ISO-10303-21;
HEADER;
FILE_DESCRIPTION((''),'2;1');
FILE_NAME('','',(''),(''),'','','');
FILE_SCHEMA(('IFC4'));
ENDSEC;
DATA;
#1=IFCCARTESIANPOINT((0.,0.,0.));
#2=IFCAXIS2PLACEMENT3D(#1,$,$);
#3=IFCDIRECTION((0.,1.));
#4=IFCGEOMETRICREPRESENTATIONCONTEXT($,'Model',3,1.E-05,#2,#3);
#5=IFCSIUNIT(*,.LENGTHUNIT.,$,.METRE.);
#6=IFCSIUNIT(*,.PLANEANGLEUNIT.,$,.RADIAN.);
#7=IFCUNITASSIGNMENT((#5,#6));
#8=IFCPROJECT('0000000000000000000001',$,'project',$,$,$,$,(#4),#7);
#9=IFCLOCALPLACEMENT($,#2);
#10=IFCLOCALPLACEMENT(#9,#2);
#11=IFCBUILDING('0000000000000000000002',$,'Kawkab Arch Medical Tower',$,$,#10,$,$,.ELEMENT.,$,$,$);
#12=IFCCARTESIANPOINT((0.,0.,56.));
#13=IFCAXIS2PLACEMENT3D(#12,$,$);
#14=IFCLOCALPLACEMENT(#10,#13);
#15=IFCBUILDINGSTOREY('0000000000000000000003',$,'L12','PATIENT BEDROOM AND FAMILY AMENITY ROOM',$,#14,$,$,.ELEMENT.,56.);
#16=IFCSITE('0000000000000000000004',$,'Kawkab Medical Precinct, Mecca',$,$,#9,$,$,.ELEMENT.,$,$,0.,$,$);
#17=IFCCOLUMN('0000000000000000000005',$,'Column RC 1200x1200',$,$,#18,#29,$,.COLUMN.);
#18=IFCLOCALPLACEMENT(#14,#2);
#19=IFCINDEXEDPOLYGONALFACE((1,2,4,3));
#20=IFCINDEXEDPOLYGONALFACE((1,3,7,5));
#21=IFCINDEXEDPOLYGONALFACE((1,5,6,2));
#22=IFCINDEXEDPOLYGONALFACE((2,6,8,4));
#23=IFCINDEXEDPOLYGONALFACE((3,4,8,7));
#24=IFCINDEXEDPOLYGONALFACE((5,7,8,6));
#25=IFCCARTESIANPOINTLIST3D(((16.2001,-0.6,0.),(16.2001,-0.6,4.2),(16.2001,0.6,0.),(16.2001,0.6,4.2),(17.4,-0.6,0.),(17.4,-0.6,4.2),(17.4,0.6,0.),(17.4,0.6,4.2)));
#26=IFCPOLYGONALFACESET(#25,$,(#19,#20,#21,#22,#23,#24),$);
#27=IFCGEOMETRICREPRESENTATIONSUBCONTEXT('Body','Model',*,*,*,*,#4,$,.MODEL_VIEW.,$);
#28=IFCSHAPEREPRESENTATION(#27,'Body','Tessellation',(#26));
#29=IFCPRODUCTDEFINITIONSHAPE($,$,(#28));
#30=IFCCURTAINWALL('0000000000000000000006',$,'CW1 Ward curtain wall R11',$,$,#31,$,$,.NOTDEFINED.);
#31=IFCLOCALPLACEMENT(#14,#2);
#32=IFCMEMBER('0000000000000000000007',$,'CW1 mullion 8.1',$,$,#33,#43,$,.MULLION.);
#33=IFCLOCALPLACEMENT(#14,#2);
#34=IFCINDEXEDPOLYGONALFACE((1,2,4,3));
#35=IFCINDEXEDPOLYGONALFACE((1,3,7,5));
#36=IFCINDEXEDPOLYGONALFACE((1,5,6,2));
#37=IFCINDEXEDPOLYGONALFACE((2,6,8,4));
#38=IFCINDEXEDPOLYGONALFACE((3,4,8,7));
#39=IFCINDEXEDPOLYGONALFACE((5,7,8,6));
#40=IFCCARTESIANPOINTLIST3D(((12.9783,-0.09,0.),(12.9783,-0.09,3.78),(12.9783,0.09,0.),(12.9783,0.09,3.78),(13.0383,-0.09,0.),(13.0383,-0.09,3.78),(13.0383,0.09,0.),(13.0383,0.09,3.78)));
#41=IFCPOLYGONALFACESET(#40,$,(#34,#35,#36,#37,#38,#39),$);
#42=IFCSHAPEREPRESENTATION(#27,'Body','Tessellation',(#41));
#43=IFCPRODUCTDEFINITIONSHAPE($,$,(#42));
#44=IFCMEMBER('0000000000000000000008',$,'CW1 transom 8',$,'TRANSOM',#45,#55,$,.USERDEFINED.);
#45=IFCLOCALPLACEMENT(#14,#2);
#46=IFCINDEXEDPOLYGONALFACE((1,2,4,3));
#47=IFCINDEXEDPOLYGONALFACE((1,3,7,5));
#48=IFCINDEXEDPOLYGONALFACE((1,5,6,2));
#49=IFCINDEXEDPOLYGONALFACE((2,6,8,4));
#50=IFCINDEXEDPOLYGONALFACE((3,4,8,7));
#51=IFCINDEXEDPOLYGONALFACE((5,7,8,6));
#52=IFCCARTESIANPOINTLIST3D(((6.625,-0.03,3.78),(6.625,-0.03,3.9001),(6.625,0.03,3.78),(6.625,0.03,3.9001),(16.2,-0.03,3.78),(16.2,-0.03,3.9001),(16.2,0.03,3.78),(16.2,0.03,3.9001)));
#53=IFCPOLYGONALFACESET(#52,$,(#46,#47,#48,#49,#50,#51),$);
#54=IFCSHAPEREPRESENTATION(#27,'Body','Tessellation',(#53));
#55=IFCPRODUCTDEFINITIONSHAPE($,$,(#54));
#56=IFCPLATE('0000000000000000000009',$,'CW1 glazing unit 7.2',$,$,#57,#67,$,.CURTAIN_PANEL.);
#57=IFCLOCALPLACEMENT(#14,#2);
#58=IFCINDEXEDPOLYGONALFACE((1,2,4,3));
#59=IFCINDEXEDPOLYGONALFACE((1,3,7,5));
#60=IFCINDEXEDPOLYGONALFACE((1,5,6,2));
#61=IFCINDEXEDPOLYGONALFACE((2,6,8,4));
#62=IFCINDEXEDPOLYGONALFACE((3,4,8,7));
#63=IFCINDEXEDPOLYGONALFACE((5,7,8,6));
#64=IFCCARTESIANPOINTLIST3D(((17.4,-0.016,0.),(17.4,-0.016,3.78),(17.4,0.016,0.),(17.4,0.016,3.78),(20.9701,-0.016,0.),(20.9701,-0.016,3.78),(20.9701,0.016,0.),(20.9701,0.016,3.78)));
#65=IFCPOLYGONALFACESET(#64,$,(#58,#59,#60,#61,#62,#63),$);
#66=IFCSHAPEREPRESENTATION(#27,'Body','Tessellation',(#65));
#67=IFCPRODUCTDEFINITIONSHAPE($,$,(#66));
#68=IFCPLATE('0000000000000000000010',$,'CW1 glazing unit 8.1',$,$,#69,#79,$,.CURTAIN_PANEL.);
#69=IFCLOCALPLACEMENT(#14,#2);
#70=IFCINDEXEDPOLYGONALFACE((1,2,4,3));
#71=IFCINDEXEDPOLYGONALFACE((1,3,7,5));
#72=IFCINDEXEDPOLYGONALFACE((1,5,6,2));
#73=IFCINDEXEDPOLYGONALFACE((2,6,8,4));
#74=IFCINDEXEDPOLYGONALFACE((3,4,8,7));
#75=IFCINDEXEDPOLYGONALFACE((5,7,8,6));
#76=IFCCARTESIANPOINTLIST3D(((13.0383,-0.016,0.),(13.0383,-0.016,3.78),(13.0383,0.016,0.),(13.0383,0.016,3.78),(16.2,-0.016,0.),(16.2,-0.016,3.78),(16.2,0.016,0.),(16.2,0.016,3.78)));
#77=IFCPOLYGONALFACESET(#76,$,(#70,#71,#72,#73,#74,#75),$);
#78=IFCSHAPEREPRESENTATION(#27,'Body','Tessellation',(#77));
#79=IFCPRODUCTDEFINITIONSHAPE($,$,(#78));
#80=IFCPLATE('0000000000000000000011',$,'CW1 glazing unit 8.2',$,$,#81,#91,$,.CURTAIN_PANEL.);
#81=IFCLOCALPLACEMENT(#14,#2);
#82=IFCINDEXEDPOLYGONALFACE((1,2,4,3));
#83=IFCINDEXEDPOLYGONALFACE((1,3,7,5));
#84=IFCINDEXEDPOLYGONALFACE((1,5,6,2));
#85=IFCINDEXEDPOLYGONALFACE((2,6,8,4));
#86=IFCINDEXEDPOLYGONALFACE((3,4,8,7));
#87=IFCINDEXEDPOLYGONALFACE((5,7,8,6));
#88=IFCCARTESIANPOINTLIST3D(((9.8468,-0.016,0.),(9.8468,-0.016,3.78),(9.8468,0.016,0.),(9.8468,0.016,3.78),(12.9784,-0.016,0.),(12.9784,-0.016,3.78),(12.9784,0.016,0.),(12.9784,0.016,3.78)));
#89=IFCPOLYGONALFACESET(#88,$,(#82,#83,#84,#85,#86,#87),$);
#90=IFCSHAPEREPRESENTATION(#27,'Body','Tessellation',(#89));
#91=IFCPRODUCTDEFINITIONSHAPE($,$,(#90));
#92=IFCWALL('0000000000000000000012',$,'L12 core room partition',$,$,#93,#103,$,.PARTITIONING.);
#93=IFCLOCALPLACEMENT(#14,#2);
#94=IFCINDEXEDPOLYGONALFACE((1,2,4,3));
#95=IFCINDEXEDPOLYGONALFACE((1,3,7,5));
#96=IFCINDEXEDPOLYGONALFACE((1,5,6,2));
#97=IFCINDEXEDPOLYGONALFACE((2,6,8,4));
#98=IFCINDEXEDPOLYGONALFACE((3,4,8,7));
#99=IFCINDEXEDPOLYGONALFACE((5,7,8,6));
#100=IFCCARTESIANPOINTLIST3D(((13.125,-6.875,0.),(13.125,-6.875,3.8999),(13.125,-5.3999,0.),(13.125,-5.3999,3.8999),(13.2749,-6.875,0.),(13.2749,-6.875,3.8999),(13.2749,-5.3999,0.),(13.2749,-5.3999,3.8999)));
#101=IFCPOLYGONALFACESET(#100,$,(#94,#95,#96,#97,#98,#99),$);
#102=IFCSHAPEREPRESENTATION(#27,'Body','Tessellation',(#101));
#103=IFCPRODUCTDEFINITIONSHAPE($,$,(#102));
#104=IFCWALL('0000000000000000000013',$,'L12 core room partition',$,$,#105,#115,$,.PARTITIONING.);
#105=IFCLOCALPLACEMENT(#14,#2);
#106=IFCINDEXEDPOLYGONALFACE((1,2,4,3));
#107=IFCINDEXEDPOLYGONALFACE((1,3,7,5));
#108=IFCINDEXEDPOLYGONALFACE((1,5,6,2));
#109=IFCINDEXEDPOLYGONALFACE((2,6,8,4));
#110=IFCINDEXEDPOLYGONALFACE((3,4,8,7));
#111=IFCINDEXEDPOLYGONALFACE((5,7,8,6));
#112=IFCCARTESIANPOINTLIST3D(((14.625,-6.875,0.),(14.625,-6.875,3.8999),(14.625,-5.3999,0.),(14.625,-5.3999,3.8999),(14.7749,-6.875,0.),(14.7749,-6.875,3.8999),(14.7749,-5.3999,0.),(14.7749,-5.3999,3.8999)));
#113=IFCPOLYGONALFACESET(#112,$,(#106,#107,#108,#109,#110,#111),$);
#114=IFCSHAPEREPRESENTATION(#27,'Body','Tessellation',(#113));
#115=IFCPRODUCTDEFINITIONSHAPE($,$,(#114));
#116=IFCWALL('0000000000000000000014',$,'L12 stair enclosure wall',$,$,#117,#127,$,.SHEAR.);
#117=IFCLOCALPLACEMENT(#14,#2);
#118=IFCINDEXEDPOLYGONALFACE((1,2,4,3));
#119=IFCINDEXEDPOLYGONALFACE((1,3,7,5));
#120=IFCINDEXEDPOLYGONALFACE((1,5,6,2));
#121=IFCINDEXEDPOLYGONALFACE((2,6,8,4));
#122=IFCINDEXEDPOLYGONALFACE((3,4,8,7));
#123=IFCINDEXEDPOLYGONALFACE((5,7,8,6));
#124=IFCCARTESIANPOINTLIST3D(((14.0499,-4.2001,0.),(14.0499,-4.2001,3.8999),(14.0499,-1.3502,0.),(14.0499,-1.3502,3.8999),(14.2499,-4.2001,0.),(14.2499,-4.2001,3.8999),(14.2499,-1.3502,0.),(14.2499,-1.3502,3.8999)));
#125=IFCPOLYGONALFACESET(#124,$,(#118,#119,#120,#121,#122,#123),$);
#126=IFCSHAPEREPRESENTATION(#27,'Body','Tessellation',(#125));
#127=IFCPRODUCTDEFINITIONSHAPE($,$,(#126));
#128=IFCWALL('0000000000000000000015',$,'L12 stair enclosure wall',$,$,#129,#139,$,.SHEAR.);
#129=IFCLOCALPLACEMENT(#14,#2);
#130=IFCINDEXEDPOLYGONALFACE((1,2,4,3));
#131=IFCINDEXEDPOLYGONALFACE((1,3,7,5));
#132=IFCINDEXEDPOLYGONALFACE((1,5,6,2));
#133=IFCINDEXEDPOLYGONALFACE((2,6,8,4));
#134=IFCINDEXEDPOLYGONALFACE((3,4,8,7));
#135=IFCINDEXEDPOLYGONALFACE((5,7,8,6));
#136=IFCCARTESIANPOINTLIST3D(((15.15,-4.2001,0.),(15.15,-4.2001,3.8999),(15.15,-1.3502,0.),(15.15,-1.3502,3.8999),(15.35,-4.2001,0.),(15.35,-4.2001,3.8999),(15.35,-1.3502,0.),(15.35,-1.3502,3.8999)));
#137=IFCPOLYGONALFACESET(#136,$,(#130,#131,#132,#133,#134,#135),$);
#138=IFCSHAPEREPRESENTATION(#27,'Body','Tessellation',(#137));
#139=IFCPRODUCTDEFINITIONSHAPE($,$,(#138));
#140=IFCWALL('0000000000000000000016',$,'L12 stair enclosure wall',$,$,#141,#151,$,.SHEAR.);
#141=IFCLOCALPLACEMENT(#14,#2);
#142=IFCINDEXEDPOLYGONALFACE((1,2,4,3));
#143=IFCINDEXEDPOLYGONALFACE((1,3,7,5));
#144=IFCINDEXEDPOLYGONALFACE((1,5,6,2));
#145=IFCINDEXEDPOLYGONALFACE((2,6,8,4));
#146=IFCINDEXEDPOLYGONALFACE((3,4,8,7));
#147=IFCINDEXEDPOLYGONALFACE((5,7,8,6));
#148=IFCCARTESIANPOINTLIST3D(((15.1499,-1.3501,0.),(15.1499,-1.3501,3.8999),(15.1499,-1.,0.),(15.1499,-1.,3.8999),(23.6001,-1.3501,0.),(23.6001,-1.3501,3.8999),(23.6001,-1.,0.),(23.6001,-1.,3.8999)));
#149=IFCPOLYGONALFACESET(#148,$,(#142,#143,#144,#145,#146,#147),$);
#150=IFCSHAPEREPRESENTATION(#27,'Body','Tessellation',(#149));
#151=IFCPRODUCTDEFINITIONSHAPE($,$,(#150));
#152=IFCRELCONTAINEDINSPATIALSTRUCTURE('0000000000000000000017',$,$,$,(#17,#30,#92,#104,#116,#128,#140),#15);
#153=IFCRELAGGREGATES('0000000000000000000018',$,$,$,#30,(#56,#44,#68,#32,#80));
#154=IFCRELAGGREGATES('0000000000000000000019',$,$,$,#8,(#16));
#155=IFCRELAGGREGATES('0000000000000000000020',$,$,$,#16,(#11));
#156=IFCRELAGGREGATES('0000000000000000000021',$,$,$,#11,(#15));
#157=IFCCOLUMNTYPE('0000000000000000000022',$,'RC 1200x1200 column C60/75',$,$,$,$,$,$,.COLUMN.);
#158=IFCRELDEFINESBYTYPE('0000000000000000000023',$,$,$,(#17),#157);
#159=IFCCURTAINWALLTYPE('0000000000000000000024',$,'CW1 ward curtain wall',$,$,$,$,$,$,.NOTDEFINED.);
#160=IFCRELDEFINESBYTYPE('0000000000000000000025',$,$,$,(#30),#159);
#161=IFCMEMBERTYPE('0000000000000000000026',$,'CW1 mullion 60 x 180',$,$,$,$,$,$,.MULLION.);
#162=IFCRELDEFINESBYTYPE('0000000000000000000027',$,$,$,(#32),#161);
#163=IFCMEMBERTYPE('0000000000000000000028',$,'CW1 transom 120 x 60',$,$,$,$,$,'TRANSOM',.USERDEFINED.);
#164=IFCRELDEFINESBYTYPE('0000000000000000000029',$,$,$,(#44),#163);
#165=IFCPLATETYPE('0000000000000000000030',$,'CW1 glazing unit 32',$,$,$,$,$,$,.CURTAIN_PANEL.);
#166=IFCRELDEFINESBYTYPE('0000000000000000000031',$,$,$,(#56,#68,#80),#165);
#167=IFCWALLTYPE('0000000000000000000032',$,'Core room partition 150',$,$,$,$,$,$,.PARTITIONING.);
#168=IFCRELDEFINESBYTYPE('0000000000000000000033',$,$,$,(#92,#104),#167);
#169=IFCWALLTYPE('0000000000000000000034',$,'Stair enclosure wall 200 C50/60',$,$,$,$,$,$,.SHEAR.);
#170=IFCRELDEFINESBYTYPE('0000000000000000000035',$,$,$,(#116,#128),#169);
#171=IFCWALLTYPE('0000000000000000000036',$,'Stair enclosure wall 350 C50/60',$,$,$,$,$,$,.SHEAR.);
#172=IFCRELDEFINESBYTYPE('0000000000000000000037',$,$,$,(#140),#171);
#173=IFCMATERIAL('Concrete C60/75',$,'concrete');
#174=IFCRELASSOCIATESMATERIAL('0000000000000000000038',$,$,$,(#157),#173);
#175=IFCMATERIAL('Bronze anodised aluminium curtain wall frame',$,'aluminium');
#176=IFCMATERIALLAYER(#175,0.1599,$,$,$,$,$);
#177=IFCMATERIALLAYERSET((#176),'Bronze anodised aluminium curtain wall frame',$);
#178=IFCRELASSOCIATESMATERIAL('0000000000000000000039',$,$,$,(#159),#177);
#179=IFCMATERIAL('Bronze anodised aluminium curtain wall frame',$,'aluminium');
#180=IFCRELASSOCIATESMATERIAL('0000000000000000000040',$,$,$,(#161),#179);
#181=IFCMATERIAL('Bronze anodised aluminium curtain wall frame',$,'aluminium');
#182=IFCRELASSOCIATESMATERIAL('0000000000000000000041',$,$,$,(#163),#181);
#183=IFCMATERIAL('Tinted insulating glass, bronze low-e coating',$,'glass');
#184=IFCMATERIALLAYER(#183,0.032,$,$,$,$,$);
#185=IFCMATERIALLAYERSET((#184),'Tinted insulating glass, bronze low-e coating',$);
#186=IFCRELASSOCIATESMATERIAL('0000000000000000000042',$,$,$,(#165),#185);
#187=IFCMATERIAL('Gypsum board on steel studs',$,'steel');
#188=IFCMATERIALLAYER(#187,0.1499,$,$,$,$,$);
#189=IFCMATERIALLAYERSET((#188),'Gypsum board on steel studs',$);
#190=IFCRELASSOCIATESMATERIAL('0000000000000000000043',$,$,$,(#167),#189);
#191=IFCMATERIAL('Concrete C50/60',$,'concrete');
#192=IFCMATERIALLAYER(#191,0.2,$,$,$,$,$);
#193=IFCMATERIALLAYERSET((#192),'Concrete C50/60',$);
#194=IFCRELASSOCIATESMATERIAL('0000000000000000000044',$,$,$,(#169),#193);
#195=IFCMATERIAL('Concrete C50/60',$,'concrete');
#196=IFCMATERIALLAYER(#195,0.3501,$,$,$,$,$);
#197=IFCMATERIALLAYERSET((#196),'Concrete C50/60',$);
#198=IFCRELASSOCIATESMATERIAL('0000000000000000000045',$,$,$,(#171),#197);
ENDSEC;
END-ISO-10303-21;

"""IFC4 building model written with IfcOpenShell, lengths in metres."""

from ifc_helpers import new_model, si_unit, direction, frame, frame_2d, origin, origin_2d, place, context, subcontext, project, spatial, rectangle, extrude, material, layer, layer_set, material_profile, profile_set, type_object, element, aggregate, save


model = new_model("IFC4")

# Units and contexts
model_context = context("Model", 3, precision=1e-05, world=origin(), true_north=direction((0.0, 1.0)))
body_context = subcontext(model_context, "Body", "Model", "MODEL_VIEW")
ifc_project = project(units=[si_unit("LENGTHUNIT", "METRE"), si_unit("PLANEANGLEUNIT", "RADIAN")], contexts=[model_context])

# Site, building, storey
site_placement = place(None, origin())
site = spatial("IfcSite", under=ifc_project, at=site_placement, Name="Kawkab Medical Precinct, Mecca", CompositionType="ELEMENT", RefElevation=0.0)
building_placement = place(site_placement, origin())
building = spatial("IfcBuilding", under=site, at=building_placement, Name="Kawkab Arch Medical Tower", CompositionType="ELEMENT")
storey_placement = place(building_placement, frame((0.0, 0.0, 56.0)))
storey = spatial("IfcBuildingStorey", under=building, at=storey_placement, Name="L12", Description="PATIENT BEDROOM AND FAMILY AMENITY ROOM", CompositionType="ELEMENT", Elevation=56.0)

# Column
ifc_material_1 = material(Name="Concrete C60/75", Category="concrete")
ifc_material_profile_1 = material_profile(ifc_material_1, rectangle(XDim=1.2, YDim=1.2, at=origin_2d()), Name="RC 1200x1200")
ifc_profile_set_1 = profile_set([ifc_material_profile_1], Name="Concrete C60/75")
column_type = type_object("IfcColumnType", Name="RC 1200x1200 column C60/75", PredefinedType="COLUMN", material=ifc_profile_set_1)
column_placement = place(storey_placement, frame((16.8, 0.0, 0.0), z_axis=(0.0, 0.0, 1.0), x_axis=(1.0, 0.0, 0.0)))
element("IfcColumn", 1, at=column_placement, inside=storey, type_object=column_type, Name="Column RC 1200x1200", PredefinedType="COLUMN", context=body_context, shape_type="SweptSolid", body=[
    extrude(rectangle(XDim=1.2, YDim=1.2, at=origin_2d()), origin(), (0.0, 0.0, 1.0), 4.2),
])

# Curtain wall, members, plates
ifc_material_2 = material(Name="Bronze anodised aluminium curtain wall frame", Category="aluminium")
ifc_layer_1 = layer(ifc_material_2, 0.1599)
ifc_layer_set_1 = layer_set([ifc_layer_1], Name="Bronze anodised aluminium curtain wall frame")
curtain_wall_type = type_object("IfcCurtainWallType", Name="CW1 ward curtain wall", PredefinedType="NOTDEFINED", material=ifc_layer_set_1)
placement = place(storey_placement, origin())
curtain_wall = element("IfcCurtainWall", 2, at=placement, inside=storey, type_object=curtain_wall_type, Name="CW1 Ward curtain wall R11", PredefinedType="NOTDEFINED")
ifc_material_3 = material(Name="Bronze anodised aluminium curtain wall frame", Category="aluminium")
ifc_material_profile_2 = material_profile(ifc_material_3, rectangle(XDim=0.1799, YDim=0.0601, at=origin_2d()), Name="AL 60x180")
ifc_profile_set_2 = profile_set([ifc_material_profile_2], Name="Bronze anodised aluminium curtain wall frame")
member_type_1 = type_object("IfcMemberType", Name="CW1 mullion 60 x 180", PredefinedType="MULLION", material=ifc_profile_set_2)
member_1_placement = place(storey_placement, frame((13.0083, 0.0, 0.0), z_axis=(0.0, 0.0, 1.0), x_axis=(0.0, -1.0, 0.0)))
member_1 = element("IfcMember", 3, at=member_1_placement, type_object=member_type_1, Name="CW1 mullion 8.1", PredefinedType="MULLION", context=body_context, shape_type="SweptSolid", body=[
    extrude(rectangle(XDim=0.1799, YDim=0.0601, at=origin_2d()), origin(), (0.0, 0.0, 1.0), 3.78),
])
ifc_material_4 = material(Name="Bronze anodised aluminium curtain wall frame", Category="aluminium")
ifc_material_profile_3 = material_profile(ifc_material_4, rectangle(XDim=0.0601, YDim=0.1201, at=origin_2d()), Name="AL 60x120")
ifc_profile_set_3 = profile_set([ifc_material_profile_3], Name="Bronze anodised aluminium curtain wall frame")
member_type_2 = type_object("IfcMemberType", Name="CW1 transom 120 x 60", ElementType="TRANSOM", PredefinedType="USERDEFINED", material=ifc_profile_set_3)
member_2_placement = place(storey_placement, frame((16.2, 0.0, 3.8401), z_axis=(-1.0, 0.0, 0.0), x_axis=(0.0, -1.0, 0.0)))
member_2 = element("IfcMember", 4, at=member_2_placement, type_object=member_type_2, Name="CW1 transom 8", ObjectType="TRANSOM", PredefinedType="USERDEFINED", context=body_context, shape_type="SweptSolid", body=[
    extrude(rectangle(XDim=0.0601, YDim=0.1201, at=origin_2d()), origin(), (0.0, 0.0, 1.0), 9.575),
])
ifc_material_5 = material(Name="Tinted insulating glass, bronze low-e coating", Category="glass")
ifc_layer_2 = layer(ifc_material_5, 0.032)
ifc_layer_set_2 = layer_set([ifc_layer_2], Name="Tinted insulating glass, bronze low-e coating")
plate_type = type_object("IfcPlateType", Name="CW1 glazing unit 32", PredefinedType="CURTAIN_PANEL", material=ifc_layer_set_2)
plate_1_placement = place(storey_placement, frame((19.1851, 0.0, 0.0), z_axis=(0.0, 0.0, 1.0), x_axis=(-1.0, 0.0, 0.0)))
plate_1 = element("IfcPlate", 5, at=plate_1_placement, type_object=plate_type, Name="CW1 glazing unit 7.2", PredefinedType="CURTAIN_PANEL", context=body_context, shape_type="SweptSolid", body=[
    extrude(rectangle(XDim=3.5701, YDim=0.032, at=origin_2d()), origin(), (0.0, 0.0, 1.0), 3.78),
])
plate_2_placement = place(storey_placement, frame((14.6191, 0.0, 0.0), z_axis=(0.0, 0.0, 1.0), x_axis=(-1.0, 0.0, 0.0)))
plate_2 = element("IfcPlate", 6, at=plate_2_placement, type_object=plate_type, Name="CW1 glazing unit 8.1", PredefinedType="CURTAIN_PANEL", context=body_context, shape_type="SweptSolid", body=[
    extrude(rectangle(XDim=3.1616, YDim=0.032, at=origin_2d()), origin(), (0.0, 0.0, 1.0), 3.78),
])
plate_3_placement = place(storey_placement, frame((11.4126, 0.0, 0.0), z_axis=(0.0, 0.0, 1.0), x_axis=(-1.0, 0.0, 0.0)))
plate_3 = element("IfcPlate", 7, at=plate_3_placement, type_object=plate_type, Name="CW1 glazing unit 8.2", PredefinedType="CURTAIN_PANEL", context=body_context, shape_type="SweptSolid", body=[
    extrude(rectangle(XDim=3.1316, YDim=0.032, at=origin_2d()), origin(), (0.0, 0.0, 1.0), 3.78),
])
aggregate(curtain_wall, [plate_1, member_2, plate_2, member_1, plate_3])

# Walls
ifc_material_6 = material(Name="Gypsum board on steel studs", Category="steel")
ifc_layer_3 = layer(ifc_material_6, 0.1499)
ifc_layer_set_3 = layer_set([ifc_layer_3], Name="Gypsum board on steel studs")
wall_type_1 = type_object("IfcWallType", Name="Core room partition 150", PredefinedType="PARTITIONING", material=ifc_layer_set_3)
for number, where, z_axis, x_axis, name in (
    (8, (13.2, -6.875, 0.0), (0.0, 0.0, 1.0), (0.0, 1.0, 0.0), "L12 core room partition"),
    (9, (14.7, -6.875, 0.0), (0.0, 0.0, 1.0), (0.0, 1.0, 0.0), "L12 core room partition"),
):
    element("IfcWall", number, at=place(storey_placement, frame(where, z_axis=z_axis, x_axis=x_axis)), inside=storey, type_object=wall_type_1, Name=name, PredefinedType="PARTITIONING", context=body_context, shape_type="SweptSolid", body=[
        extrude(rectangle(XDim=1.4751, YDim=0.1499, at=frame_2d((0.7375, 0.0))), origin(), (0.0, 0.0, 1.0), 3.8999),
    ])
ifc_material_7 = material(Name="Concrete C50/60", Category="concrete")
ifc_layer_4 = layer(ifc_material_7, 0.2)
ifc_layer_set_4 = layer_set([ifc_layer_4], Name="Concrete C50/60")
wall_type_2 = type_object("IfcWallType", Name="Stair enclosure wall 200 C50/60", PredefinedType="SHEAR", material=ifc_layer_set_4)
for number, where, z_axis, x_axis, name in (
    (10, (14.1499, -4.2, 0.0), (0.0, 0.0, 1.0), (0.0, 1.0, 0.0), "L12 stair enclosure wall"),
    (11, (15.25, -4.2, 0.0), (0.0, 0.0, 1.0), (0.0, 1.0, 0.0), "L12 stair enclosure wall"),
):
    element("IfcWall", number, at=place(storey_placement, frame(where, z_axis=z_axis, x_axis=x_axis)), inside=storey, type_object=wall_type_2, Name=name, PredefinedType="SHEAR", context=body_context, shape_type="SweptSolid", body=[
        extrude(rectangle(XDim=2.8499, YDim=0.2, at=frame_2d((1.4248, 0.0))), origin(), (0.0, 0.0, 1.0), 3.8999),
    ])
ifc_material_8 = material(Name="Concrete C50/60", Category="concrete")
ifc_layer_5 = layer(ifc_material_8, 0.3501)
ifc_layer_set_5 = layer_set([ifc_layer_5], Name="Concrete C50/60")
wall_type_3 = type_object("IfcWallType", Name="Stair enclosure wall 350 C50/60", PredefinedType="SHEAR", material=ifc_layer_set_5)
wall_placement = place(storey_placement, frame((15.1499, -1.175, 0.0), z_axis=(0.0, 0.0, 1.0), x_axis=(1.0, 0.0, 0.0)))
element("IfcWall", 12, at=wall_placement, inside=storey, type_object=wall_type_3, Name="L12 stair enclosure wall", PredefinedType="SHEAR", context=body_context, shape_type="SweptSolid", body=[
    extrude(rectangle(XDim=8.4502, YDim=0.3501, at=frame_2d((4.2251, 0.0))), origin(), (0.0, 0.0, 1.0), 3.8999),
])

save(model, "model.ifc")
